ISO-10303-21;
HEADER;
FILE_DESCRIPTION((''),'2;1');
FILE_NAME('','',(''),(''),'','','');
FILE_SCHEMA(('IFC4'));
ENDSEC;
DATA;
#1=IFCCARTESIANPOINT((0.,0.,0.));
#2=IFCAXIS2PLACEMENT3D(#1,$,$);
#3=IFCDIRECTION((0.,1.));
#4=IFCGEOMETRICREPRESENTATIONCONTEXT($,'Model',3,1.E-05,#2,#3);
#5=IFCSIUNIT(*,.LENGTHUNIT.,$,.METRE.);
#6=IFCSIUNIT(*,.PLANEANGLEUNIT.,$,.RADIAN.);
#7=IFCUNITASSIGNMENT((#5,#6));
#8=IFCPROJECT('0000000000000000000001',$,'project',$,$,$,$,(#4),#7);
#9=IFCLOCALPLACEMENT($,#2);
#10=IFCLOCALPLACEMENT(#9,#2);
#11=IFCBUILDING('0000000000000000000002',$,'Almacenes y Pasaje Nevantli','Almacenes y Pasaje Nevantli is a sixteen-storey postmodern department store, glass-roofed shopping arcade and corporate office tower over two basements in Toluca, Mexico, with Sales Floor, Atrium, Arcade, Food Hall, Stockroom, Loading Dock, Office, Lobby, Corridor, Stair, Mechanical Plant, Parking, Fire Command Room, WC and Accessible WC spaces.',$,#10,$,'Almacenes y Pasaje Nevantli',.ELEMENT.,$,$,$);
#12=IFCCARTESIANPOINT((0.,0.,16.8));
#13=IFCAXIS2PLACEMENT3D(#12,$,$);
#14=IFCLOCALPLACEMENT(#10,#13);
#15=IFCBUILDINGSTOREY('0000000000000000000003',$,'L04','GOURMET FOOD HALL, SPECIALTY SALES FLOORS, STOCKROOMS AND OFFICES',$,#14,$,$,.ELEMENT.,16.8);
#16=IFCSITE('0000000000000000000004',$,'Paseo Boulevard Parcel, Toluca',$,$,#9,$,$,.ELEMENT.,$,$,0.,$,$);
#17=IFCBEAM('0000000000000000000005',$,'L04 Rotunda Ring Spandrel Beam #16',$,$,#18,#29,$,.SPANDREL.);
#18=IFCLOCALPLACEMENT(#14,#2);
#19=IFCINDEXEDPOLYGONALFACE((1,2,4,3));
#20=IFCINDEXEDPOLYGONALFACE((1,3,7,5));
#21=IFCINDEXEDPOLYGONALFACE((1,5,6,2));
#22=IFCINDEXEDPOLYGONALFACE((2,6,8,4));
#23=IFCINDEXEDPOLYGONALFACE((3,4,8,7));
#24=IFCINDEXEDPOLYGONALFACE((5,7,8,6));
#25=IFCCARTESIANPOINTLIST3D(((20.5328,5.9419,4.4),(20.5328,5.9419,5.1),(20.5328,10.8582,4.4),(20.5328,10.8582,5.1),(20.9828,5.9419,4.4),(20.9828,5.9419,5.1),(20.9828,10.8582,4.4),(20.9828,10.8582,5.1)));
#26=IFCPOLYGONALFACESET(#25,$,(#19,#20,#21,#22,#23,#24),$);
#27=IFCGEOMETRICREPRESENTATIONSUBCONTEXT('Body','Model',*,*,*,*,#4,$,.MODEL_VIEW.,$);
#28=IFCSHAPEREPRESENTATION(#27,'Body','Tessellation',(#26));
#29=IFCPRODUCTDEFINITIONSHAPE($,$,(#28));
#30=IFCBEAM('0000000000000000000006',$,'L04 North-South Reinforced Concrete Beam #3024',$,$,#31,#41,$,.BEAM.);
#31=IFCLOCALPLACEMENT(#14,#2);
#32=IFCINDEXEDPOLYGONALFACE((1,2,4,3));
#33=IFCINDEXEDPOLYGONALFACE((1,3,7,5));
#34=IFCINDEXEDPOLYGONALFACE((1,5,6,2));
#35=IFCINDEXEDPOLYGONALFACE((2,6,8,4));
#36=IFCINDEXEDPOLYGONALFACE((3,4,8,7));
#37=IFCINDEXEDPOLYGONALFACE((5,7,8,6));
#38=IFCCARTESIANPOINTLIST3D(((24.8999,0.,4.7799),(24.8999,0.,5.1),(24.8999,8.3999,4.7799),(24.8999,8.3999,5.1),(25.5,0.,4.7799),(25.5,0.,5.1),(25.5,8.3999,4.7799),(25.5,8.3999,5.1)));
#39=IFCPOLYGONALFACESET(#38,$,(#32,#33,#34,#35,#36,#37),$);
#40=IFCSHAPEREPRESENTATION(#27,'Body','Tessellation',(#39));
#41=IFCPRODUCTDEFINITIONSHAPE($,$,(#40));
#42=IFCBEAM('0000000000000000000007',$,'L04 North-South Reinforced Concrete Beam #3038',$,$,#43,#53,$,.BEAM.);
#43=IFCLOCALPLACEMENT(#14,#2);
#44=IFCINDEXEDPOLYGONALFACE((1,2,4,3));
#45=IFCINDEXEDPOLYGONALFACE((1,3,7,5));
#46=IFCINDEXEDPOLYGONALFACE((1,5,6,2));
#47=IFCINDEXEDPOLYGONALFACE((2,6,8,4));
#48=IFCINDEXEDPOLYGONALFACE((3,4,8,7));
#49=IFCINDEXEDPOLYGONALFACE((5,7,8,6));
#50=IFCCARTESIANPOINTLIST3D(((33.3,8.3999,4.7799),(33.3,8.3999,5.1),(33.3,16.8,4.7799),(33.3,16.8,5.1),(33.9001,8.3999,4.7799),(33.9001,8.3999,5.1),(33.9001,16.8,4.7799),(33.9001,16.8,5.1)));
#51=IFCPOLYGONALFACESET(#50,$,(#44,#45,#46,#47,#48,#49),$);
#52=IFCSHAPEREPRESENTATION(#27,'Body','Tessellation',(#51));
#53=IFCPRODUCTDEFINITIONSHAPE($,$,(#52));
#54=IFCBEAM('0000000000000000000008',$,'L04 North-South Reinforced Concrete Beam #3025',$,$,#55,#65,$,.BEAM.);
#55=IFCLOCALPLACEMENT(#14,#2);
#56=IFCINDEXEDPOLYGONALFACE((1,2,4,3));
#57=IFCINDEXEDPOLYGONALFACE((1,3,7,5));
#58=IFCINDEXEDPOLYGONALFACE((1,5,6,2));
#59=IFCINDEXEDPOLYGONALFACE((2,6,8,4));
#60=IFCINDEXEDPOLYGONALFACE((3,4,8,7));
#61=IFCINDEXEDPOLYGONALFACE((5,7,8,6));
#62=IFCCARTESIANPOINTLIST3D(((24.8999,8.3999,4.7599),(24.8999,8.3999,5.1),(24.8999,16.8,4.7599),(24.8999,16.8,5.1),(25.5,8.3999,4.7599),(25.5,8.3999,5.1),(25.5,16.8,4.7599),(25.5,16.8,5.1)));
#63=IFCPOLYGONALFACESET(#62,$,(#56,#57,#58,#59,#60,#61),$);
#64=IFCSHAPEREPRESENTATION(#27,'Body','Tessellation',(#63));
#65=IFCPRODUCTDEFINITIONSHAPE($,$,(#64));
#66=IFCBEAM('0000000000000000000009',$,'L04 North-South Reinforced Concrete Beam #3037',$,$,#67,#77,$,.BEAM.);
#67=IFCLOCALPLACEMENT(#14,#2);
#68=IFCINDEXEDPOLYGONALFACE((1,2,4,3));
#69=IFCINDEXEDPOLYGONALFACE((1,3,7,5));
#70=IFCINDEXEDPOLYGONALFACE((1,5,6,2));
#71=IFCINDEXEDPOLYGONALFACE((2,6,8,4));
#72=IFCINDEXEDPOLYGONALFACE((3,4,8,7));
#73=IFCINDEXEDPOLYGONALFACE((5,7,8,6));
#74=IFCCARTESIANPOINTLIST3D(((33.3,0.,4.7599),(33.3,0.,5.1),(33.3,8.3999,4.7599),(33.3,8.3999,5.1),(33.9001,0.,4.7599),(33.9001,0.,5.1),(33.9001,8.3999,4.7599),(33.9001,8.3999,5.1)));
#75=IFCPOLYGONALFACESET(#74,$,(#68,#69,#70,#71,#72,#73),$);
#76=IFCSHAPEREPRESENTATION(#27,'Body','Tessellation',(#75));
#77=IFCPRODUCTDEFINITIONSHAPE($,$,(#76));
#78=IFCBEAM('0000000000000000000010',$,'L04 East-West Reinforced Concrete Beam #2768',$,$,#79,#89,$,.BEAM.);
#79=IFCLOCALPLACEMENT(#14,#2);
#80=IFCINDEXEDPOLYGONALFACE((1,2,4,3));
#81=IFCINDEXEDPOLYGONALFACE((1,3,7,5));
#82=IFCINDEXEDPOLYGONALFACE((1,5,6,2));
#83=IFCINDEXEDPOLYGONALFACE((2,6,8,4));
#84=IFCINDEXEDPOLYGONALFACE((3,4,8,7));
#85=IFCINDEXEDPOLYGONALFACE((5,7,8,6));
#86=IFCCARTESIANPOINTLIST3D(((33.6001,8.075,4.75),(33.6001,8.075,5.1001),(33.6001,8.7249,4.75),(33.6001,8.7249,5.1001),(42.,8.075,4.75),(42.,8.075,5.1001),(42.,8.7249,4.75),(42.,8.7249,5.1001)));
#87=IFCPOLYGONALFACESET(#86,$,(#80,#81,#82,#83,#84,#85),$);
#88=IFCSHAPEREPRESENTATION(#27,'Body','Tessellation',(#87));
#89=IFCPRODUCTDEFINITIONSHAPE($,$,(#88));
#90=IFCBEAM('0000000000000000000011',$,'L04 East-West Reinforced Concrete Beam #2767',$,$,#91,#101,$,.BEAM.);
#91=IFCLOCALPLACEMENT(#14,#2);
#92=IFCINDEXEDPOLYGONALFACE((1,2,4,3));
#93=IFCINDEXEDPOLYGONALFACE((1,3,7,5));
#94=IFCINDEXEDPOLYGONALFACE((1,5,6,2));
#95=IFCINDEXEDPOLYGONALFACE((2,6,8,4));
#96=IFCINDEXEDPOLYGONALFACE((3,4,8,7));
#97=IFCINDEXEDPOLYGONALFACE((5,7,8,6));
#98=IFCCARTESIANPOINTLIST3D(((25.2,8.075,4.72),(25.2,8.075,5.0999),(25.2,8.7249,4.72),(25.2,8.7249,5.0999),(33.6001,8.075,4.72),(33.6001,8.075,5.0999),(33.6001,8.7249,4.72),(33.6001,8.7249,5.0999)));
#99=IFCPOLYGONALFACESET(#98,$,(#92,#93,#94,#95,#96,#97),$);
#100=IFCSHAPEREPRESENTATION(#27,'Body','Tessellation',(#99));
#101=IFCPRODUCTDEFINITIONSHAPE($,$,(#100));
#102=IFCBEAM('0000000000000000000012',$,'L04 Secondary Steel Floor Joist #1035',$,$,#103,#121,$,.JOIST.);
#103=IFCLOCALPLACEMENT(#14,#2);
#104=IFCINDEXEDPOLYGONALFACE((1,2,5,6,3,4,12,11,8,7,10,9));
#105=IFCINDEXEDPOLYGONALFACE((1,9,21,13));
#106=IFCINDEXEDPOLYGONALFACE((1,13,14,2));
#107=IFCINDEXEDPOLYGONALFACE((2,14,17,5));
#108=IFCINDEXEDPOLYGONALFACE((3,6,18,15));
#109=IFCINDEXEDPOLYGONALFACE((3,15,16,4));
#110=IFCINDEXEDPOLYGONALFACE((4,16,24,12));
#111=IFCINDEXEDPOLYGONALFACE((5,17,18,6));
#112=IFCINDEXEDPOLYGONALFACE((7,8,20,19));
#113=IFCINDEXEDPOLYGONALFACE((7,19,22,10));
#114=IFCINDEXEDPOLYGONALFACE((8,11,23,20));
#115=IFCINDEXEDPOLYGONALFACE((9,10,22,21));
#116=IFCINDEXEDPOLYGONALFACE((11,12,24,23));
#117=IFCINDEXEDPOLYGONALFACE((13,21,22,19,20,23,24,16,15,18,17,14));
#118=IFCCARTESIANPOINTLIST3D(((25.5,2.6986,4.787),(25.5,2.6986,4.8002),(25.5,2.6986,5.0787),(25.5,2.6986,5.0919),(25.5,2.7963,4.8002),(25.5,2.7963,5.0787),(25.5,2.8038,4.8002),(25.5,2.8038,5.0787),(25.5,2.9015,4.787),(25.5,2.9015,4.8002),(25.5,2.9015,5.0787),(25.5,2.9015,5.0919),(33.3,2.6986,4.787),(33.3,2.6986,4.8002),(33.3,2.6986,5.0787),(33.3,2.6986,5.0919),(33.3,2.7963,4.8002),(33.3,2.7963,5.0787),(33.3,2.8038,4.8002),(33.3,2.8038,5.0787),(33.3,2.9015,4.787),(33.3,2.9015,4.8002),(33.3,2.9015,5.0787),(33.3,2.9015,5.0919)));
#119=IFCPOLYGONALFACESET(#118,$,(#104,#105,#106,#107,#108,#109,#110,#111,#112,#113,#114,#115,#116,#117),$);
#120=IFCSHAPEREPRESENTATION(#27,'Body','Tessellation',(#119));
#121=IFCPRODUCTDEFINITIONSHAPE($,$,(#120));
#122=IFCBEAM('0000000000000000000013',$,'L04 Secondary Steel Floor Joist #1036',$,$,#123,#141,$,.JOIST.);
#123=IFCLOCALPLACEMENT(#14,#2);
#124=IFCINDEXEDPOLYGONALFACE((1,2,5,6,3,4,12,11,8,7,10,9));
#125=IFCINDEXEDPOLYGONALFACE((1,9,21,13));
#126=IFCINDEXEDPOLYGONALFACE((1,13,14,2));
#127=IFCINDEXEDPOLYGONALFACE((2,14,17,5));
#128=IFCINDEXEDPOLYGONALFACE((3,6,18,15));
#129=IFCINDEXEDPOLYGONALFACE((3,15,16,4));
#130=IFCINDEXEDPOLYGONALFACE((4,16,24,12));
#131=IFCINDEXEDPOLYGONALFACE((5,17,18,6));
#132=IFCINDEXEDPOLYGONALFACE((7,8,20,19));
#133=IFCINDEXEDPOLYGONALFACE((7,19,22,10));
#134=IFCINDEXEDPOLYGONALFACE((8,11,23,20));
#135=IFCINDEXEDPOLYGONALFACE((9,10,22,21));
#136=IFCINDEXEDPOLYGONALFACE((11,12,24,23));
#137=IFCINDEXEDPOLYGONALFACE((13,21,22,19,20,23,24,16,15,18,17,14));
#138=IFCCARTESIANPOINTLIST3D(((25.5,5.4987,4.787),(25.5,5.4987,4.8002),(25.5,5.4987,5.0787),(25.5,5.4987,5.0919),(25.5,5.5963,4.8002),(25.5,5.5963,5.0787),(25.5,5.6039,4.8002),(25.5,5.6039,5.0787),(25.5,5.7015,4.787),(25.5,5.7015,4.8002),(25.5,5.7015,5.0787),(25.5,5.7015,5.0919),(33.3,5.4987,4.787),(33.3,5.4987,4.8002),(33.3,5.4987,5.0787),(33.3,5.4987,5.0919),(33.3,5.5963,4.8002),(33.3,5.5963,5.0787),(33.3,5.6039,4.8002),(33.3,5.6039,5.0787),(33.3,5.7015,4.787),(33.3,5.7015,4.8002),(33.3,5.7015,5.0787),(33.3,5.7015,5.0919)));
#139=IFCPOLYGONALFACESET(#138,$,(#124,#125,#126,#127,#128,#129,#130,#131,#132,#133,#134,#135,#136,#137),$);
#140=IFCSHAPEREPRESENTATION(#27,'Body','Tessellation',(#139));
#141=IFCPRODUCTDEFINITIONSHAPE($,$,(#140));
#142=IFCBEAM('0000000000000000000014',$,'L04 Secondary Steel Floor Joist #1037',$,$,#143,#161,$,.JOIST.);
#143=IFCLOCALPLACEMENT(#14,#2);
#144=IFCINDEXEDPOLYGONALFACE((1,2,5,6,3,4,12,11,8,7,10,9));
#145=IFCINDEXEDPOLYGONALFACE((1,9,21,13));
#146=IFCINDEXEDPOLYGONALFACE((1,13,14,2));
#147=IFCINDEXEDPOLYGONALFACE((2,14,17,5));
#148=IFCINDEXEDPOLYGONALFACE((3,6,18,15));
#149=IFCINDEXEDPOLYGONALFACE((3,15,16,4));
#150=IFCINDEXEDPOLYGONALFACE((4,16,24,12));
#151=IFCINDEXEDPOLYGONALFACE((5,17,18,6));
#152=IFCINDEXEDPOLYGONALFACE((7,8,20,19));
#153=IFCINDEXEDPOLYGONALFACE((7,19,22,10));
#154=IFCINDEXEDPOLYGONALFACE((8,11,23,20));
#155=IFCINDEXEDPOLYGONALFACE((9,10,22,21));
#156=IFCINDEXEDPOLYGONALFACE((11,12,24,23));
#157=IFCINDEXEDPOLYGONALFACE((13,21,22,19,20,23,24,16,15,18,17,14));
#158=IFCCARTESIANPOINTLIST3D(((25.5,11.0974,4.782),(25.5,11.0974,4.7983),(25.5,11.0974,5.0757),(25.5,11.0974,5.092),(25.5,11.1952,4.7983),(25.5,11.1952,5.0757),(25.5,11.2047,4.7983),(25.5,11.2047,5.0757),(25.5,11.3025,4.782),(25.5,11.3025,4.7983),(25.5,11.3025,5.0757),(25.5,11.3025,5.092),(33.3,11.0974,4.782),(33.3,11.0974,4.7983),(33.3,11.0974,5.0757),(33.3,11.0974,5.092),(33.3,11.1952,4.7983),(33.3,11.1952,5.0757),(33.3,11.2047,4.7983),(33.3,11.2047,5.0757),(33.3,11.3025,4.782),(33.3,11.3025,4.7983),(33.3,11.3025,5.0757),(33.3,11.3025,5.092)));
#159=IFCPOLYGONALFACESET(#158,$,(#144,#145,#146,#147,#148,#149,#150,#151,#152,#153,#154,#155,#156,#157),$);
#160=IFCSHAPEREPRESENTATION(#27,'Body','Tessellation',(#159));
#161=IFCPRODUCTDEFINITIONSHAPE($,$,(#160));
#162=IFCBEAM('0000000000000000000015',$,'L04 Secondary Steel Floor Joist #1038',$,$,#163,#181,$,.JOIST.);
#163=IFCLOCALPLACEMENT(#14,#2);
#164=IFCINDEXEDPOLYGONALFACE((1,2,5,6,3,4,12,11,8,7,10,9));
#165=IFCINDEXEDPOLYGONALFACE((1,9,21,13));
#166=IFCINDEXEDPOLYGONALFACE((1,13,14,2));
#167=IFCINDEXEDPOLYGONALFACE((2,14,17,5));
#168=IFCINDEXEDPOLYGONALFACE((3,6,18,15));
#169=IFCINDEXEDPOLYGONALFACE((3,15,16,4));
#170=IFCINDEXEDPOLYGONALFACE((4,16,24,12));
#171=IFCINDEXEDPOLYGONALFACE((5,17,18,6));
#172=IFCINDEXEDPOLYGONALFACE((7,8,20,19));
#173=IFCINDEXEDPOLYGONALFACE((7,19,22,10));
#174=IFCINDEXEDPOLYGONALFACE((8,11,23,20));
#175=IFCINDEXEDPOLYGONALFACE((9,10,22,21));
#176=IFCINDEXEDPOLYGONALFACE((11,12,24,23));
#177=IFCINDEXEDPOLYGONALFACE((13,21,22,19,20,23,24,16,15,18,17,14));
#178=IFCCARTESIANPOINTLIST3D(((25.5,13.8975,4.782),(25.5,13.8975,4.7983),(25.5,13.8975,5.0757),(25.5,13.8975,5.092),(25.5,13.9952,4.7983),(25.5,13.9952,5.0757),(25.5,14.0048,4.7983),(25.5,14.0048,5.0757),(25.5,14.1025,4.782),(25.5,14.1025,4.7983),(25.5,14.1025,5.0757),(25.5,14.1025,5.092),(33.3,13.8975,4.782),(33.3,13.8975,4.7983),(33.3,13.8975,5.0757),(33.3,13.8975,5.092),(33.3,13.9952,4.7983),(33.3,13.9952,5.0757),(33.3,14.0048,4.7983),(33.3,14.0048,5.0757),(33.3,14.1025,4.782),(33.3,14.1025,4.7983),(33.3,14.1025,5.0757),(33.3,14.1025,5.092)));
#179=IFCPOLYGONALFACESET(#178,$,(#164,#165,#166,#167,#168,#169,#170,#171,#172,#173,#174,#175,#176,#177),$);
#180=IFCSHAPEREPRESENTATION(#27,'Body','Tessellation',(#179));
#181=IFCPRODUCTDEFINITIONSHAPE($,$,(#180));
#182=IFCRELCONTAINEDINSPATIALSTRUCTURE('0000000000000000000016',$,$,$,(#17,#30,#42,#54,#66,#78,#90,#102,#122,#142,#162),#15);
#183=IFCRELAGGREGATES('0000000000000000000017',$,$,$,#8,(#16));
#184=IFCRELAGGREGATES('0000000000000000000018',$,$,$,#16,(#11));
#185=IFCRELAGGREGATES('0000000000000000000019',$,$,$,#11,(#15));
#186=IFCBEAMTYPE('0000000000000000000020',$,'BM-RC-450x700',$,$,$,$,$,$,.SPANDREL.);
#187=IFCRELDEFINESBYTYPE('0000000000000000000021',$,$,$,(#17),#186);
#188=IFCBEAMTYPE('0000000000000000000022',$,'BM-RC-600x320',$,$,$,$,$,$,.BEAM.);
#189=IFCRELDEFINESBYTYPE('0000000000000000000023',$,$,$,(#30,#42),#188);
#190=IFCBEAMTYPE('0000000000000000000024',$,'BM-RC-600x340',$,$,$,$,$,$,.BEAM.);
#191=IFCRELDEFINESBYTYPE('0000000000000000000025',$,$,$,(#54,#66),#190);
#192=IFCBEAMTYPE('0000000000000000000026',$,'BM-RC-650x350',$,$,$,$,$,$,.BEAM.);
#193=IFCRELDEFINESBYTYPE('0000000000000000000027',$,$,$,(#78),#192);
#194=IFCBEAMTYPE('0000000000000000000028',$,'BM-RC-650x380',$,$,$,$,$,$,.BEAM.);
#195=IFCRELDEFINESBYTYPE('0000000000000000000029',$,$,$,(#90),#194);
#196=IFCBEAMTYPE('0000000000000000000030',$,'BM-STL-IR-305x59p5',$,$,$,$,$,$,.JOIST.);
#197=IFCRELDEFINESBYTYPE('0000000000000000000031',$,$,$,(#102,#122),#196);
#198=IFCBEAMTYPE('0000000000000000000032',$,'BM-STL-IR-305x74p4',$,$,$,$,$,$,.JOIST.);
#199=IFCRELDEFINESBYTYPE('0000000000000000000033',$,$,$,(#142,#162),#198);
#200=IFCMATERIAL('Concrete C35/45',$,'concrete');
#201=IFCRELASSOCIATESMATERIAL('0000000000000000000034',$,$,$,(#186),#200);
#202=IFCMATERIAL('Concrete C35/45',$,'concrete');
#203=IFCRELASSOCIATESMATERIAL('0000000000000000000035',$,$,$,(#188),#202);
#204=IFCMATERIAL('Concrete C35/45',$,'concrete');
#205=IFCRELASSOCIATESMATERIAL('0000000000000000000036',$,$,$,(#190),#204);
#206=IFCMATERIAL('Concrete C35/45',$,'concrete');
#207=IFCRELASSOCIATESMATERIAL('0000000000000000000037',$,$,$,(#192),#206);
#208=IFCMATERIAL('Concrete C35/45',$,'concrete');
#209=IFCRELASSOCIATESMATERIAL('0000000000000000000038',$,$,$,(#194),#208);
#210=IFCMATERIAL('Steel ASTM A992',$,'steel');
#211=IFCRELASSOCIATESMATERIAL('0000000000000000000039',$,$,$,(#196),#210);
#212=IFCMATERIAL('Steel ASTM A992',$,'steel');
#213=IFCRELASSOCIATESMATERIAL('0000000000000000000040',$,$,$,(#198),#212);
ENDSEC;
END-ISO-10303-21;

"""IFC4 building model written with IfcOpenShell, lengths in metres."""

from ifc_helpers import new_model, si_unit, direction, frame, origin, origin_2d, place, context, subcontext, project, spatial, rectangle, i_section, extrude, material, material_profile, profile_set, type_object, element, save


model = new_model("IFC4")

# Units and contexts
model_context = context("Model", 3, precision=1e-05, world=origin(), true_north=direction((0.0, 1.0)))
body_context = subcontext(model_context, "Body", "Model", "MODEL_VIEW")
ifc_project = project(units=[si_unit("LENGTHUNIT", "METRE"), si_unit("PLANEANGLEUNIT", "RADIAN")], contexts=[model_context])

# Site, building, storey
site_placement = place(None, origin())
site = spatial("IfcSite", under=ifc_project, at=site_placement, Name="Paseo Boulevard Parcel, Toluca", CompositionType="ELEMENT", RefElevation=0.0)
building_placement = place(site_placement, origin())
building = spatial("IfcBuilding", under=site, at=building_placement, Name="Almacenes y Pasaje Nevantli", Description="Almacenes y Pasaje Nevantli is a sixteen-storey postmodern department store, glass-roofed shopping arcade and corporate office tower over two basements in Toluca, Mexico, with Sales Floor, Atrium, Arcade, Food Hall, Stockroom, Loading Dock, Office, Lobby, Corridor, Stair, Mechanical Plant, Parking, Fire Command Room, WC and Accessible WC spaces.", LongName="Almacenes y Pasaje Nevantli", CompositionType="ELEMENT")
storey_placement = place(building_placement, frame((0.0, 0.0, 16.8)))
storey = spatial("IfcBuildingStorey", under=building, at=storey_placement, Name="L04", Description="GOURMET FOOD HALL, SPECIALTY SALES FLOORS, STOCKROOMS AND OFFICES", CompositionType="ELEMENT", Elevation=16.8)

# Beams
ifc_material_1 = material(Name="Concrete C35/45", Category="concrete")
ifc_material_profile_1 = material_profile(ifc_material_1, rectangle(XDim=0.45, YDim=0.7, at=origin_2d()), Name="RC-BM-450x700")
ifc_profile_set_1 = profile_set([ifc_material_profile_1], Name="Concrete C35/45")
beam_type_1 = type_object("IfcBeamType", Name="BM-RC-450x700", PredefinedType="SPANDREL", material=ifc_profile_set_1)
for number, where, z_axis, x_axis, name in (
    (1, (20.7578, 5.9419, 4.75), (0.0, 1.0, 0.0), (-1.0, 0.0, 0.0), "L04 Rotunda Ring Spandrel Beam #16"),
):
    element("IfcBeam", number, at=place(storey_placement, frame(where, z_axis=z_axis, x_axis=x_axis)), inside=storey, type_object=beam_type_1, Name=name, PredefinedType="SPANDREL", context=body_context, shape_type="SweptSolid", body=[
        extrude(rectangle(XDim=0.45, YDim=0.7, at=origin_2d()), origin(), (0.0, 0.0, 1.0), 4.9163),
    ])
ifc_material_2 = material(Name="Concrete C35/45", Category="concrete")
ifc_material_profile_2 = material_profile(ifc_material_2, rectangle(XDim=0.6001, YDim=0.3201, at=origin_2d()), Name="RC-BM-600x320")
ifc_profile_set_2 = profile_set([ifc_material_profile_2], Name="Concrete C35/45")
beam_type_2 = type_object("IfcBeamType", Name="BM-RC-600x320", PredefinedType="BEAM", material=ifc_profile_set_2)
beam_1_placement = place(storey_placement, frame((25.2, 0.0, 4.9399), z_axis=(0.0, 1.0, 0.0), x_axis=(-1.0, 0.0, 0.0)))
element("IfcBeam", 2, at=beam_1_placement, inside=storey, type_object=beam_type_2, Name="L04 North-South Reinforced Concrete Beam #3024", PredefinedType="BEAM", context=body_context, shape_type="SweptSolid", body=[
    extrude(rectangle(XDim=0.6001, YDim=0.3201, at=origin_2d()), origin(), (0.0, 0.0, 1.0), 8.3999),
])
beam_2_placement = place(storey_placement, frame((33.6001, 8.3999, 4.9399), z_axis=(0.0, 1.0, 0.0), x_axis=(-1.0, 0.0, 0.0)))
element("IfcBeam", 3, at=beam_2_placement, inside=storey, type_object=beam_type_2, Name="L04 North-South Reinforced Concrete Beam #3038", PredefinedType="BEAM", context=body_context, shape_type="SweptSolid", body=[
    extrude(rectangle(XDim=0.6001, YDim=0.3201, at=origin_2d()), origin(), (0.0, 0.0, 1.0), 8.4001),
])
ifc_material_3 = material(Name="Concrete C35/45", Category="concrete")
ifc_material_profile_3 = material_profile(ifc_material_3, rectangle(XDim=0.6001, YDim=0.3401, at=origin_2d()), Name="RC-BM-600x340")
ifc_profile_set_3 = profile_set([ifc_material_profile_3], Name="Concrete C35/45")
beam_type_3 = type_object("IfcBeamType", Name="BM-RC-600x340", PredefinedType="BEAM", material=ifc_profile_set_3)
beam_3_placement = place(storey_placement, frame((25.2, 8.3999, 4.9299), z_axis=(0.0, 1.0, 0.0), x_axis=(-1.0, 0.0, 0.0)))
element("IfcBeam", 4, at=beam_3_placement, inside=storey, type_object=beam_type_3, Name="L04 North-South Reinforced Concrete Beam #3025", PredefinedType="BEAM", context=body_context, shape_type="SweptSolid", body=[
    extrude(rectangle(XDim=0.6001, YDim=0.3401, at=origin_2d()), origin(), (0.0, 0.0, 1.0), 8.4001),
])
beam_4_placement = place(storey_placement, frame((33.6001, 0.0, 4.9299), z_axis=(0.0, 1.0, 0.0), x_axis=(-1.0, 0.0, 0.0)))
element("IfcBeam", 5, at=beam_4_placement, inside=storey, type_object=beam_type_3, Name="L04 North-South Reinforced Concrete Beam #3037", PredefinedType="BEAM", context=body_context, shape_type="SweptSolid", body=[
    extrude(rectangle(XDim=0.6001, YDim=0.3401, at=origin_2d()), origin(), (0.0, 0.0, 1.0), 8.3999),
])
ifc_material_4 = material(Name="Concrete C35/45", Category="concrete")
ifc_material_profile_4 = material_profile(ifc_material_4, rectangle(XDim=0.6499, YDim=0.3501, at=origin_2d()), Name="RC-BM-650x350")
ifc_profile_set_4 = profile_set([ifc_material_profile_4], Name="Concrete C35/45")
beam_type_4 = type_object("IfcBeamType", Name="BM-RC-650x350", PredefinedType="BEAM", material=ifc_profile_set_4)
beam_5_placement = place(storey_placement, frame((33.6001, 8.3999, 4.925), z_axis=(1.0, 0.0, 0.0), x_axis=(0.0, 1.0, 0.0)))
element("IfcBeam", 6, at=beam_5_placement, inside=storey, type_object=beam_type_4, Name="L04 East-West Reinforced Concrete Beam #2768", PredefinedType="BEAM", context=body_context, shape_type="SweptSolid", body=[
    extrude(rectangle(XDim=0.6499, YDim=0.3501, at=origin_2d()), origin(), (0.0, 0.0, 1.0), 8.3999),
])
ifc_material_5 = material(Name="Concrete C35/45", Category="concrete")
ifc_material_profile_5 = material_profile(ifc_material_5, rectangle(XDim=0.6499, YDim=0.3799, at=origin_2d()), Name="RC-BM-650x380")
ifc_profile_set_5 = profile_set([ifc_material_profile_5], Name="Concrete C35/45")
beam_type_5 = type_object("IfcBeamType", Name="BM-RC-650x380", PredefinedType="BEAM", material=ifc_profile_set_5)
beam_6_placement = place(storey_placement, frame((25.2, 8.3999, 4.9099), z_axis=(1.0, 0.0, 0.0), x_axis=(0.0, 1.0, 0.0)))
element("IfcBeam", 7, at=beam_6_placement, inside=storey, type_object=beam_type_5, Name="L04 East-West Reinforced Concrete Beam #2767", PredefinedType="BEAM", context=body_context, shape_type="SweptSolid", body=[
    extrude(rectangle(XDim=0.6499, YDim=0.3799, at=origin_2d()), origin(), (0.0, 0.0, 1.0), 8.4001),
])
ifc_material_6 = material(Name="Steel ASTM A992", Category="steel")
ifc_material_profile_6 = material_profile(ifc_material_6, i_section(OverallWidth=0.2029, OverallDepth=0.3049, WebThickness=0.0076, FlangeThickness=0.0132, at=origin_2d()), Name="IR 305x59.5")
ifc_profile_set_6 = profile_set([ifc_material_profile_6], Name="Steel ASTM A992")
beam_type_6 = type_object("IfcBeamType", Name="BM-STL-IR-305x59p5", PredefinedType="JOIST", material=ifc_profile_set_6)
for number, where, z_axis, x_axis, name in (
    (8, (25.5, 2.8, 4.9395), (1.0, 0.0, 0.0), (0.0, 1.0, 0.0), "L04 Secondary Steel Floor Joist #1035"),
    (9, (25.5, 5.6001, 4.9395), (1.0, 0.0, 0.0), (0.0, 1.0, 0.0), "L04 Secondary Steel Floor Joist #1036"),
):
    element("IfcBeam", number, at=place(storey_placement, frame(where, z_axis=z_axis, x_axis=x_axis)), inside=storey, type_object=beam_type_6, Name=name, PredefinedType="JOIST", context=body_context, shape_type="SweptSolid", body=[
        extrude(i_section(OverallWidth=0.2029, OverallDepth=0.3049, WebThickness=0.0076, FlangeThickness=0.0132, at=origin_2d()), origin(), (0.0, 0.0, 1.0), 7.8),
    ])
ifc_material_7 = material(Name="Steel ASTM A992", Category="steel")
ifc_material_profile_7 = material_profile(ifc_material_7, i_section(OverallWidth=0.2051, OverallDepth=0.3101, WebThickness=0.0095, FlangeThickness=0.0164, at=origin_2d()), Name="IR 305x74.4")
ifc_profile_set_7 = profile_set([ifc_material_profile_7], Name="Steel ASTM A992")
beam_type_7 = type_object("IfcBeamType", Name="BM-STL-IR-305x74p4", PredefinedType="JOIST", material=ifc_profile_set_7)
for number, where, z_axis, x_axis, name in (
    (10, (25.5, 11.2, 4.937), (1.0, 0.0, 0.0), (0.0, 1.0, 0.0), "L04 Secondary Steel Floor Joist #1037"),
    (11, (25.5, 14.0, 4.937), (1.0, 0.0, 0.0), (0.0, 1.0, 0.0), "L04 Secondary Steel Floor Joist #1038"),
):
    element("IfcBeam", number, at=place(storey_placement, frame(where, z_axis=z_axis, x_axis=x_axis)), inside=storey, type_object=beam_type_7, Name=name, PredefinedType="JOIST", context=body_context, shape_type="SweptSolid", body=[
        extrude(i_section(OverallWidth=0.2051, OverallDepth=0.3101, WebThickness=0.0095, FlangeThickness=0.0164, at=origin_2d()), origin(), (0.0, 0.0, 1.0), 7.8),
    ])

save(model, "model.ifc")
